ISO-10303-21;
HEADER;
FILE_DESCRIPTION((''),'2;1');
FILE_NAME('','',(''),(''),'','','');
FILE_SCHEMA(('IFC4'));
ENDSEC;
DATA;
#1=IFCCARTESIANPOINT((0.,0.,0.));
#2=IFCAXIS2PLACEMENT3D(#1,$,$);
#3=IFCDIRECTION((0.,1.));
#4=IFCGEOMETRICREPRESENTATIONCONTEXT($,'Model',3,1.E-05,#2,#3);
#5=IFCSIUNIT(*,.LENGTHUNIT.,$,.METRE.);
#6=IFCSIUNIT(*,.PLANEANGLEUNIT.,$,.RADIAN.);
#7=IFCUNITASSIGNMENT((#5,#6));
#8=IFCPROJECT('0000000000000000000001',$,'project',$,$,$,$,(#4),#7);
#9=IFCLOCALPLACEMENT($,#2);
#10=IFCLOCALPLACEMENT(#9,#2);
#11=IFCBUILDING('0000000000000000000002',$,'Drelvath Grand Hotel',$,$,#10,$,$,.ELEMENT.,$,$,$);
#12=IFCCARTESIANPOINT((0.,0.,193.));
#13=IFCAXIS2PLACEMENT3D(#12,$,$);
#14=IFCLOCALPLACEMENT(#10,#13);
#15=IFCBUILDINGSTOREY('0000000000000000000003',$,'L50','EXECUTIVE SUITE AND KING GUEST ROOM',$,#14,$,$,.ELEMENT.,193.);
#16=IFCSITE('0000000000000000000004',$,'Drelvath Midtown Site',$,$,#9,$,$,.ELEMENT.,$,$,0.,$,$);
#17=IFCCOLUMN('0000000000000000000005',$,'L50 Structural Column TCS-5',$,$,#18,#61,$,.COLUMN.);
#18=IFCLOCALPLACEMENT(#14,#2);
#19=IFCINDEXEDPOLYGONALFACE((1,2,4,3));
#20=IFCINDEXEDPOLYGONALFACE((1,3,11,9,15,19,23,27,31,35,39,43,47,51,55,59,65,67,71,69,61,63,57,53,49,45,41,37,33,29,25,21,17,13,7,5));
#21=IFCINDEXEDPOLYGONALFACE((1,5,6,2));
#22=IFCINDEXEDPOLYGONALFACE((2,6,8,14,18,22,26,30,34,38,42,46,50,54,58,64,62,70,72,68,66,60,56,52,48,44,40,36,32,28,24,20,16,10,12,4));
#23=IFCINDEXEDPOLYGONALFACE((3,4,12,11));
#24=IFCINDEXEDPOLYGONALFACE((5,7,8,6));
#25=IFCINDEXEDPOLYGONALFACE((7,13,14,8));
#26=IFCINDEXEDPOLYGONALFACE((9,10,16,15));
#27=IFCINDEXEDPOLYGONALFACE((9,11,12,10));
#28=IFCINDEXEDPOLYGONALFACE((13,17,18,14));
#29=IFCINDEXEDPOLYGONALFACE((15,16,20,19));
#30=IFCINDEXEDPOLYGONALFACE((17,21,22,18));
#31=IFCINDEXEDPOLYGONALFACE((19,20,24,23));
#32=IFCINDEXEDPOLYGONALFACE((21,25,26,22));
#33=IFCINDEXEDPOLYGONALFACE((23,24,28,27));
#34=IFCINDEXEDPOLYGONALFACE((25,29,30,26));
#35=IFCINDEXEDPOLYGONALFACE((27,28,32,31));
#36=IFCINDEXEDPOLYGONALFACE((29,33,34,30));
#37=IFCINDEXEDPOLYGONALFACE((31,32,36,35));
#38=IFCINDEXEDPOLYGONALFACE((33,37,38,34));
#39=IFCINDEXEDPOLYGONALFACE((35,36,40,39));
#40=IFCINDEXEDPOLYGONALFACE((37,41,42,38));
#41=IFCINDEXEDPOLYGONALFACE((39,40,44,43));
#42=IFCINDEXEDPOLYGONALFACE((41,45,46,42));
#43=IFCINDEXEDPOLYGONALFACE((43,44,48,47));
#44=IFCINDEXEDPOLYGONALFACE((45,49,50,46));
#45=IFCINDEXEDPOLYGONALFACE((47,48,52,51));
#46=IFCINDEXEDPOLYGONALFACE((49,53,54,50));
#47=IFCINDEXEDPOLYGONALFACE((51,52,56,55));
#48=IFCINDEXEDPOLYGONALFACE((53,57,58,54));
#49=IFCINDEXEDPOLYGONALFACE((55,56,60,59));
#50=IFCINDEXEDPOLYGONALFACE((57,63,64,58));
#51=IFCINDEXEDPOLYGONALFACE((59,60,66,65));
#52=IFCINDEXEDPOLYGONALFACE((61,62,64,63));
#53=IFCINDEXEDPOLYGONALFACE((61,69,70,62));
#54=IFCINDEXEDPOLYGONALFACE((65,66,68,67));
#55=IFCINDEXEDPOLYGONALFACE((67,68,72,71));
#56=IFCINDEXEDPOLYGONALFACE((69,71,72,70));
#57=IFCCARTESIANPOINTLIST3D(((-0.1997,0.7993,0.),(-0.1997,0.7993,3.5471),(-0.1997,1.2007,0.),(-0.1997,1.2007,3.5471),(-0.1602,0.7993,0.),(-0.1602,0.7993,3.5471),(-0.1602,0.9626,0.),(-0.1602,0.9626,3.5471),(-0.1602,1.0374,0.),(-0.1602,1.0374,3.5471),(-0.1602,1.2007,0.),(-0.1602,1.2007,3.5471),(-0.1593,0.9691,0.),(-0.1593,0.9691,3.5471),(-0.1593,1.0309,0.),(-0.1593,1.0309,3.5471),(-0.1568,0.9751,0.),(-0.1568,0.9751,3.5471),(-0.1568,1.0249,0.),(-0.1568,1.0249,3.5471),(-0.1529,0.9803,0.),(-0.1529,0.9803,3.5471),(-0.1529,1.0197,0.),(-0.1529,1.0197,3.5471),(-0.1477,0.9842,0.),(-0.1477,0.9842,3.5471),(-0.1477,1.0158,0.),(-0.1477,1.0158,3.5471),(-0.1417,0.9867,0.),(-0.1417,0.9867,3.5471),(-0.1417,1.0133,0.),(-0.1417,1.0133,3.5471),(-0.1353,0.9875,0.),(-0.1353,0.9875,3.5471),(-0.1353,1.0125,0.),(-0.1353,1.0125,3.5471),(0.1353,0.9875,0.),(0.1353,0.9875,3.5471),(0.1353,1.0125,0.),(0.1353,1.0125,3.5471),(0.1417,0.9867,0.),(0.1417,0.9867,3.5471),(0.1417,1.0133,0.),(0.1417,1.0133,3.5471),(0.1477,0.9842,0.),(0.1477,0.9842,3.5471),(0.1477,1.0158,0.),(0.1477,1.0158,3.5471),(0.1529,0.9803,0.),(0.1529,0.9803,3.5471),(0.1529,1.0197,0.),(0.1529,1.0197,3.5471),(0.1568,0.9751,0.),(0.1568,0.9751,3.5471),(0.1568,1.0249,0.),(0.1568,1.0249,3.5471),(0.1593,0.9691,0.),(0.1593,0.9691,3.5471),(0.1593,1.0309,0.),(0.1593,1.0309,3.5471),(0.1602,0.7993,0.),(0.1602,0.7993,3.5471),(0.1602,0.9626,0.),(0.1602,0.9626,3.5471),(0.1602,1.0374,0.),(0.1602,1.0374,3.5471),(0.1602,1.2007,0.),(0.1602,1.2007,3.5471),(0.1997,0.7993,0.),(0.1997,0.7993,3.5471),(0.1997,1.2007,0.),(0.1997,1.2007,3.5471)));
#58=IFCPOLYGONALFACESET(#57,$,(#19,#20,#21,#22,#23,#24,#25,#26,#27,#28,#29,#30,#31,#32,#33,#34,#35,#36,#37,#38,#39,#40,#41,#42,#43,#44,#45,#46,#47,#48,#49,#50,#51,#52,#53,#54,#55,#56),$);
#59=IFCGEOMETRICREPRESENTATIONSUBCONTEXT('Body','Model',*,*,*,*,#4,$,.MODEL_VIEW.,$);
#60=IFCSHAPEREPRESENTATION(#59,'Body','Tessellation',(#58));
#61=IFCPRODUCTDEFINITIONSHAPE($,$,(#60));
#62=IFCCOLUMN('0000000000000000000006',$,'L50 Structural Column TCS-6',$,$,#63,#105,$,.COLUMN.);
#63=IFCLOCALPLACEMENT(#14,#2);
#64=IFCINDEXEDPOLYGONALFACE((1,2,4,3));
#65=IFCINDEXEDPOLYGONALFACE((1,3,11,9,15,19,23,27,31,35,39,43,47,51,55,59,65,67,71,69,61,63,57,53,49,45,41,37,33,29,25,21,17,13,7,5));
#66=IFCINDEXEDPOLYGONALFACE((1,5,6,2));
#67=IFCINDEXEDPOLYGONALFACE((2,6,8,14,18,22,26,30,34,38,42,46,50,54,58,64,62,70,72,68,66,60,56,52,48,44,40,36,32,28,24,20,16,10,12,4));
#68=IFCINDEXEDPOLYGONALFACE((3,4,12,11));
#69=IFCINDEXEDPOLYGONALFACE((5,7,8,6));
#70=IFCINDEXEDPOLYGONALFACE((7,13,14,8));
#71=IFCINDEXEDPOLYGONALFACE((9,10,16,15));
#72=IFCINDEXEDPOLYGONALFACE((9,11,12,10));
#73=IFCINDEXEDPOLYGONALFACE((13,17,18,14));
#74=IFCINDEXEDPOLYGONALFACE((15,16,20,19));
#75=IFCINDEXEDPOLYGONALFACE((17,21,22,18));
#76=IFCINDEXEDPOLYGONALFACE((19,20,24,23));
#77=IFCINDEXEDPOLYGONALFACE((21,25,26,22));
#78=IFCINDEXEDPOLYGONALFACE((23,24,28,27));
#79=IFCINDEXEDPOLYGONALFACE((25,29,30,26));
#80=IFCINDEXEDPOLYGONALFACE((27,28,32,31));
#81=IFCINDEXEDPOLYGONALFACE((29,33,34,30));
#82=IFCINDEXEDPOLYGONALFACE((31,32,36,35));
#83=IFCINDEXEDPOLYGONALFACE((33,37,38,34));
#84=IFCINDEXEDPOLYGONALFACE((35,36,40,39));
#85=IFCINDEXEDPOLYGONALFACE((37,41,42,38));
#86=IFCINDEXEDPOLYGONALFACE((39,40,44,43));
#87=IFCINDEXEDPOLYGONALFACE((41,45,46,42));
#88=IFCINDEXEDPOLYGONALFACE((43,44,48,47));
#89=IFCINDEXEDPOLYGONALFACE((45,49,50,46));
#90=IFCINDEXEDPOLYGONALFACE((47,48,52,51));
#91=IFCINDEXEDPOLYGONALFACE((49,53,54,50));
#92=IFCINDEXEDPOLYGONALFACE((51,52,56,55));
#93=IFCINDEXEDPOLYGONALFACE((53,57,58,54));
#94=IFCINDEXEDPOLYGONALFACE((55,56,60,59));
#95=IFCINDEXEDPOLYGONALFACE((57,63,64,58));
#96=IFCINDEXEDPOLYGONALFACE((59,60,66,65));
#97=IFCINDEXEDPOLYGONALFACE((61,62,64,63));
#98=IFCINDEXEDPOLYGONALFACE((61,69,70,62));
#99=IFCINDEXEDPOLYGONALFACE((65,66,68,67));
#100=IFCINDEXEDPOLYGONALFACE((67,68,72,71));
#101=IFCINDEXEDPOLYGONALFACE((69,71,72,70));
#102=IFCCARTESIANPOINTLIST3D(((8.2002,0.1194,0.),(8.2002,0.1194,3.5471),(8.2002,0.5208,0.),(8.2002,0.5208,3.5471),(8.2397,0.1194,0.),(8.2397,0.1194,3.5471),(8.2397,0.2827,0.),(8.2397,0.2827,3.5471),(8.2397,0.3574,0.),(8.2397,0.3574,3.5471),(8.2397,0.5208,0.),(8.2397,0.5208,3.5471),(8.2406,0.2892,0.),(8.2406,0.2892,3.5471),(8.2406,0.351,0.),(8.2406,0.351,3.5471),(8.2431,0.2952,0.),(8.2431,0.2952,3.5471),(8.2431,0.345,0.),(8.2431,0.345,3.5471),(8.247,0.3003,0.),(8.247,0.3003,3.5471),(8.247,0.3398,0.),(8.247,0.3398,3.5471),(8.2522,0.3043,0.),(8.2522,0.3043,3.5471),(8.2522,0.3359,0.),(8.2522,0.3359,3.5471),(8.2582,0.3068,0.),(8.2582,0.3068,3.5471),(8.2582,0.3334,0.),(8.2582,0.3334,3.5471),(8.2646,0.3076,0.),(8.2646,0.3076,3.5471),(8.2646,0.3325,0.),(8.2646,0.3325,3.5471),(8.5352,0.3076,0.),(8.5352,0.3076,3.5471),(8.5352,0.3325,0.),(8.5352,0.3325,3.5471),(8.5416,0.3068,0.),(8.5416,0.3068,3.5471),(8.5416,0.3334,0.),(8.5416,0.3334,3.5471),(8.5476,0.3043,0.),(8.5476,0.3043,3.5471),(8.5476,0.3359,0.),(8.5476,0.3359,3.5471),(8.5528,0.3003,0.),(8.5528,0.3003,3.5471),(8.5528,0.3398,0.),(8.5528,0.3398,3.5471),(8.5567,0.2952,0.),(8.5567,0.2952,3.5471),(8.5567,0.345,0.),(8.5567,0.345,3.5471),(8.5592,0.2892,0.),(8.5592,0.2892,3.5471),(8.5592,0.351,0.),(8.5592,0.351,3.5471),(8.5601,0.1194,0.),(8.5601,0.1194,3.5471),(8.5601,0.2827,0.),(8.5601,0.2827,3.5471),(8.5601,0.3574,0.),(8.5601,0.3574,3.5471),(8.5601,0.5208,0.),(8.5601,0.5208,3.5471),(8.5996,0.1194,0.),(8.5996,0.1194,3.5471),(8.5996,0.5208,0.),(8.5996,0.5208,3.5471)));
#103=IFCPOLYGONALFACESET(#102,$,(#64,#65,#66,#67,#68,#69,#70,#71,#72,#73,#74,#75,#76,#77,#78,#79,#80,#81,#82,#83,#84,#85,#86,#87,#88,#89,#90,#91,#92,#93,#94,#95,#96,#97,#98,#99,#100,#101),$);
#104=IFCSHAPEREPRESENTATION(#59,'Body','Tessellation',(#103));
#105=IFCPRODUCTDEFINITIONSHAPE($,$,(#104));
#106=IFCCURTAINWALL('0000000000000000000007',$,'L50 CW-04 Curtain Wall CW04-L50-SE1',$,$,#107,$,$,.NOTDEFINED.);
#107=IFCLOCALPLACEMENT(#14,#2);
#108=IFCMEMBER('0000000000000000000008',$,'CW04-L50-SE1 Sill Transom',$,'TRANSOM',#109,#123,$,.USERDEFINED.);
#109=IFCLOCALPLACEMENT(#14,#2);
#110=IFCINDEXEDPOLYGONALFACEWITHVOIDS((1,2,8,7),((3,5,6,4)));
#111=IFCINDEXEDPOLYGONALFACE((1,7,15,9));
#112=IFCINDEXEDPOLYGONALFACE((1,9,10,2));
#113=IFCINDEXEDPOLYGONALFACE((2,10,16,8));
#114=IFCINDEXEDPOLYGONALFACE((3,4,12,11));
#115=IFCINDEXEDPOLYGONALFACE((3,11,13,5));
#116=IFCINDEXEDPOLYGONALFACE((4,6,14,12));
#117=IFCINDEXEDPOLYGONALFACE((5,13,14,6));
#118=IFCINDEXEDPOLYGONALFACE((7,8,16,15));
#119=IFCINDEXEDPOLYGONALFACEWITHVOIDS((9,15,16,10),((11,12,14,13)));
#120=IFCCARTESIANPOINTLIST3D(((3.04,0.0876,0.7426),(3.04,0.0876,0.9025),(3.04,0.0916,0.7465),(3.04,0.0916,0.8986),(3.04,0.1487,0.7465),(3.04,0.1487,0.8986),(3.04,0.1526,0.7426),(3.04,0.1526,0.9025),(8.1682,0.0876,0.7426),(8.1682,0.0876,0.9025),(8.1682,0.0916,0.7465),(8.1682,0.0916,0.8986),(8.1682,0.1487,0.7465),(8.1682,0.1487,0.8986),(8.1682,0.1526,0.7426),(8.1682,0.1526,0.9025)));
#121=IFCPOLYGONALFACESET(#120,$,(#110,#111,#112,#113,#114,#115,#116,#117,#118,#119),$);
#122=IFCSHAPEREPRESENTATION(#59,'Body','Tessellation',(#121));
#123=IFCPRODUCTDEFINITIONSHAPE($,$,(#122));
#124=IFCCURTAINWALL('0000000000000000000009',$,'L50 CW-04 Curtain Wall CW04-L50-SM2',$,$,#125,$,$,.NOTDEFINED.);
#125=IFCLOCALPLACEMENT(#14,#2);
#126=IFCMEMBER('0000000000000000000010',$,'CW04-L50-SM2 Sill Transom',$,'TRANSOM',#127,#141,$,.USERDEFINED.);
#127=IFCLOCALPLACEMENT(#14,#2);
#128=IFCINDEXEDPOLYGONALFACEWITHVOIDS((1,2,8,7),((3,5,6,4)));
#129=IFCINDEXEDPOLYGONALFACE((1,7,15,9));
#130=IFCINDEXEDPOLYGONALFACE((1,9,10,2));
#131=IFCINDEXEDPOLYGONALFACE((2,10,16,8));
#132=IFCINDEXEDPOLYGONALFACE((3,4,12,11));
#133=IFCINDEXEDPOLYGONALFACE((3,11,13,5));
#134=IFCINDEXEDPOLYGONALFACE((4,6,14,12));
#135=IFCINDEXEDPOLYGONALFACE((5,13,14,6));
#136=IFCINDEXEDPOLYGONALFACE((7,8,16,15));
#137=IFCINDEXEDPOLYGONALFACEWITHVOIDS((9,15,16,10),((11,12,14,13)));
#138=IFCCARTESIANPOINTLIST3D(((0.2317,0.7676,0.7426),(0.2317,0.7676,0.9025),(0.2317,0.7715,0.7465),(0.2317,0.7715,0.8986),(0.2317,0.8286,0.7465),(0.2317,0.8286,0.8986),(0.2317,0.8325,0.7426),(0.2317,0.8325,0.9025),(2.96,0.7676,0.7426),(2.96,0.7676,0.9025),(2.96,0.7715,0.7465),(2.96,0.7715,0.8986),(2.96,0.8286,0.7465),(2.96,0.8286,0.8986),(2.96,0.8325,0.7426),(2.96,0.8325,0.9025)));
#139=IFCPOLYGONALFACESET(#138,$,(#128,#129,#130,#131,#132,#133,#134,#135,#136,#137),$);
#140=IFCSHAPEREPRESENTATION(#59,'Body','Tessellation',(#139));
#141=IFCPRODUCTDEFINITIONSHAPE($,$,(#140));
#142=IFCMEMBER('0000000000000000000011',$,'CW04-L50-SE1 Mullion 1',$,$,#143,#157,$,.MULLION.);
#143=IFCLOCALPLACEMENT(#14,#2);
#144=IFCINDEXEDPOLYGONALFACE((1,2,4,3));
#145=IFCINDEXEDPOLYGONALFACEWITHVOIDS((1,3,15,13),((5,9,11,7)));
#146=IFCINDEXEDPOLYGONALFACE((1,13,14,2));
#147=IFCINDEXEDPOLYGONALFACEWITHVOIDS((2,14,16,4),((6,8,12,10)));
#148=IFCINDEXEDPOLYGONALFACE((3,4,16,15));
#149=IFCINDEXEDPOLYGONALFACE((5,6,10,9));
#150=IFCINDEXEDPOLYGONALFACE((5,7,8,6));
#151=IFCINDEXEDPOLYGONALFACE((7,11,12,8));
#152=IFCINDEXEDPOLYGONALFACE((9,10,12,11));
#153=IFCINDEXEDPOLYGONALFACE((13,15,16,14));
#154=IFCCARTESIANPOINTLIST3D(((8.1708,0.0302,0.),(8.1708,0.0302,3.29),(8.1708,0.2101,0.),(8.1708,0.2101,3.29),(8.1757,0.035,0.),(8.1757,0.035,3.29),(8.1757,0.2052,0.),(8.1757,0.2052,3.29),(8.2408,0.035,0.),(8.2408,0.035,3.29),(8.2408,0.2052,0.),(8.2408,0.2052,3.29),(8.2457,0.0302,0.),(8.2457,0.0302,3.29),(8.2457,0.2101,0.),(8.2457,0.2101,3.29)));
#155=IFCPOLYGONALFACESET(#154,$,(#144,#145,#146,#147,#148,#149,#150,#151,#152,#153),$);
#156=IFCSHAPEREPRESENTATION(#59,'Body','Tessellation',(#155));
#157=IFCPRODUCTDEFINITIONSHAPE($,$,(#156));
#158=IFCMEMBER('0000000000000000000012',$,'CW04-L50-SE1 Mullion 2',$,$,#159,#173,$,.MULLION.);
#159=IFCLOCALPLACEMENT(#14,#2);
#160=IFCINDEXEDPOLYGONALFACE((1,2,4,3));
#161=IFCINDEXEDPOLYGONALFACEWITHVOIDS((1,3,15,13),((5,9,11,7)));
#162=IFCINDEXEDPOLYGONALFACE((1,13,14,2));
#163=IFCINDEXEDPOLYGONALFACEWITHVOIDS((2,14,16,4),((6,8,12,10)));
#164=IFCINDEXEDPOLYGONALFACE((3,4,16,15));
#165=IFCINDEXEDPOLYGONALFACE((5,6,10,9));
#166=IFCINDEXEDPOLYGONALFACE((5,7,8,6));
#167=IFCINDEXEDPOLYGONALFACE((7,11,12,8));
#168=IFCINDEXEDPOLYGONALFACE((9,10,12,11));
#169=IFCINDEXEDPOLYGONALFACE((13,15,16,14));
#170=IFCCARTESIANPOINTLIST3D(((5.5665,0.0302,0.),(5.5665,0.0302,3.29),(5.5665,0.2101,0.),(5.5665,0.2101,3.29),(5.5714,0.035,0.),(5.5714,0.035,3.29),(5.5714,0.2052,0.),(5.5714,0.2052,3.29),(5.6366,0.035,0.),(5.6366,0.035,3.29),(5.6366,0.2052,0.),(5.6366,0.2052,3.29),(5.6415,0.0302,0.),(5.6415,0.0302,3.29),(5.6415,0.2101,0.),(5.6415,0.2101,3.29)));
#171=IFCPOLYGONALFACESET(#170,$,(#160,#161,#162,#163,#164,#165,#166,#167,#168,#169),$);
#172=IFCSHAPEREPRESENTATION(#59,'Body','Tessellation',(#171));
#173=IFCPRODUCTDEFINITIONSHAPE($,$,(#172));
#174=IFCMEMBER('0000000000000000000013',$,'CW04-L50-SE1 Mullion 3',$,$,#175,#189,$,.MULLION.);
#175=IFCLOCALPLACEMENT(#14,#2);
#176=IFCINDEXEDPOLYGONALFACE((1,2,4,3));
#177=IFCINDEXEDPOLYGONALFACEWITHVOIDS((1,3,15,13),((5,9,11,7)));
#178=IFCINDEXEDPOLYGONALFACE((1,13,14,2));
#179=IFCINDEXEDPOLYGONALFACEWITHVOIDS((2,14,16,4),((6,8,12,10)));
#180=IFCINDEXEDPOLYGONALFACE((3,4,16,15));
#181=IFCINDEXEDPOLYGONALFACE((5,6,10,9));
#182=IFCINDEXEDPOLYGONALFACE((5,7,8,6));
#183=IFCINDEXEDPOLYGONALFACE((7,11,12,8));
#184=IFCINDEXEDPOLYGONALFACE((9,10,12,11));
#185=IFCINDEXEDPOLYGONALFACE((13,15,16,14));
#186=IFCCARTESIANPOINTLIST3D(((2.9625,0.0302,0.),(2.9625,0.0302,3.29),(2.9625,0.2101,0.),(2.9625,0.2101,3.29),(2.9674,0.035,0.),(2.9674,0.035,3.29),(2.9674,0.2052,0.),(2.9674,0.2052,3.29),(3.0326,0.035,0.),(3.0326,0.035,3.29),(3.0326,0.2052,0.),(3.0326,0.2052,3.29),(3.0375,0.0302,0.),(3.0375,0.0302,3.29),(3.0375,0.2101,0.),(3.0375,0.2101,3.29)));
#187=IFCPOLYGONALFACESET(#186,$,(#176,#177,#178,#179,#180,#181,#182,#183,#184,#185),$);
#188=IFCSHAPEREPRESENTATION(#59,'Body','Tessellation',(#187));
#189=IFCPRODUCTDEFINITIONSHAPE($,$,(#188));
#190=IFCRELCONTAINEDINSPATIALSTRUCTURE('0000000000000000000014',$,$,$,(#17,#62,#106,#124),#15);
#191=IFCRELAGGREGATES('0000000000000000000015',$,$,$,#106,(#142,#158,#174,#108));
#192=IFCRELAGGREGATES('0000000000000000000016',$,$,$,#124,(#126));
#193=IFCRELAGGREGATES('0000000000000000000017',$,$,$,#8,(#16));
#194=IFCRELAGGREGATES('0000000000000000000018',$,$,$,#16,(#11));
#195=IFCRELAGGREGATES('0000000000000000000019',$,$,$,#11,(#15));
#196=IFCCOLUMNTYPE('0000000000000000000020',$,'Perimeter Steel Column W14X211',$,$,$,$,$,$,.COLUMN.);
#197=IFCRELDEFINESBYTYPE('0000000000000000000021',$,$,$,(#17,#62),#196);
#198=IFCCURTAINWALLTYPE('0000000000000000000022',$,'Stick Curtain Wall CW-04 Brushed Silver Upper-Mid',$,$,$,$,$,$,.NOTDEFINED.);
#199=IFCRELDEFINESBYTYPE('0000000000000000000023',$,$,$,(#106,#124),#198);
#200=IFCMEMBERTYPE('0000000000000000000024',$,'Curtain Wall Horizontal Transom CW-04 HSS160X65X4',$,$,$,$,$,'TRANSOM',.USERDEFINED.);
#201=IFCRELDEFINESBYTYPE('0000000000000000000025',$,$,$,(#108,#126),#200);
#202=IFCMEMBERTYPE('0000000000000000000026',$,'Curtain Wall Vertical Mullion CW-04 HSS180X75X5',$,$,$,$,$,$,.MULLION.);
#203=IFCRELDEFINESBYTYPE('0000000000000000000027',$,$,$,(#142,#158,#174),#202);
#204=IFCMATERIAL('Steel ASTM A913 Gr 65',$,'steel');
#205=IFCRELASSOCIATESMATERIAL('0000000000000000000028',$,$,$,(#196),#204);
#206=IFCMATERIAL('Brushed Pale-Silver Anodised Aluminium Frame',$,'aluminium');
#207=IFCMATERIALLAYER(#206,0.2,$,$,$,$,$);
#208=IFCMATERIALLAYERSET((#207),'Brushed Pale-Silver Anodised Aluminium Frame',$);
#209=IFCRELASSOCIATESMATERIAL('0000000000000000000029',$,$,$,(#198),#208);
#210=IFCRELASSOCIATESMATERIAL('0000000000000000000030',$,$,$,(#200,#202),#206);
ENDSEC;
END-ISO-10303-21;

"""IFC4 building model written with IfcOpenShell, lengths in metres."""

from ifc_helpers import new_model, si_unit, direction, frame, origin, origin_2d, place, context, subcontext, project, spatial, hollow_rectangle, i_section, extrude, material, layer, layer_set, material_profile, profile_set, type_object, element, aggregate, save


model = new_model("IFC4")

# Units and contexts
model_context = context("Model", 3, precision=1e-05, world=origin(), true_north=direction((0.0, 1.0)))
body_context = subcontext(model_context, "Body", "Model", "MODEL_VIEW")
ifc_project = project(units=[si_unit("LENGTHUNIT", "METRE"), si_unit("PLANEANGLEUNIT", "RADIAN")], contexts=[model_context])

# Site, building, storey
site_placement = place(None, origin())
site = spatial("IfcSite", under=ifc_project, at=site_placement, Name="Drelvath Midtown Site", CompositionType="ELEMENT", RefElevation=0.0)
building_placement = place(site_placement, origin())
building = spatial("IfcBuilding", under=site, at=building_placement, Name="Drelvath Grand Hotel", CompositionType="ELEMENT")
storey_placement = place(building_placement, frame((0.0, 0.0, 193.0)))
storey = spatial("IfcBuildingStorey", under=building, at=storey_placement, Name="L50", Description="EXECUTIVE SUITE AND KING GUEST ROOM", CompositionType="ELEMENT", Elevation=193.0)

# Columns
ifc_material_1 = material(Name="Steel ASTM A913 Gr 65", Category="steel")
ifc_material_profile_1 = material_profile(ifc_material_1, i_section(OverallWidth=0.4014, OverallDepth=0.3994, WebThickness=0.0249, FlangeThickness=0.0396, FilletRadius=0.0249, at=origin_2d()), Name="W14X211")
ifc_profile_set_1 = profile_set([ifc_material_profile_1], Name="Steel ASTM A913 Gr 65")
column_type = type_object("IfcColumnType", Name="Perimeter Steel Column W14X211", PredefinedType="COLUMN", material=ifc_profile_set_1)
for number, where, z_axis, x_axis, name in (
    (1, (0.0, 1.0, 0.0), (0.0, 0.0, 1.0), (0.0, 1.0, 0.0), "L50 Structural Column TCS-5"),
    (2, (8.3999, 0.3201, 0.0), (0.0, 0.0, 1.0), (0.0, 1.0, 0.0), "L50 Structural Column TCS-6"),
):
    element("IfcColumn", number, at=place(storey_placement, frame(where, z_axis=z_axis, x_axis=x_axis)), inside=storey, type_object=column_type, Name=name, PredefinedType="COLUMN", context=body_context, shape_type="SweptSolid", body=[
        extrude(i_section(OverallWidth=0.4014, OverallDepth=0.3994, WebThickness=0.0249, FlangeThickness=0.0396, FilletRadius=0.0249, at=origin_2d()), origin(), (0.0, 0.0, 1.0), 3.5471),
    ])

# Curtain walls, members
ifc_material_2 = material(Name="Brushed Pale-Silver Anodised Aluminium Frame", Category="aluminium")
ifc_layer_1 = layer(ifc_material_2, 0.2)
ifc_layer_set_1 = layer_set([ifc_layer_1], Name="Brushed Pale-Silver Anodised Aluminium Frame")
curtain_wall_type = type_object("IfcCurtainWallType", Name="Stick Curtain Wall CW-04 Brushed Silver Upper-Mid", PredefinedType="NOTDEFINED", material=ifc_layer_set_1)
curtain_wall_1_placement = place(storey_placement, origin())
curtain_wall_1 = element("IfcCurtainWall", 3, at=curtain_wall_1_placement, inside=storey, type_object=curtain_wall_type, Name="L50 CW-04 Curtain Wall CW04-L50-SE1", PredefinedType="NOTDEFINED")
ifc_material_profile_2 = material_profile(ifc_material_2, hollow_rectangle(XDim=0.0649, YDim=0.1599, WallThickness=0.0039, at=origin_2d()), Name="HSS160X65X4")
ifc_profile_set_2 = profile_set([ifc_material_profile_2], Name="Brushed Pale-Silver Anodised Aluminium Frame")
member_type_1 = type_object("IfcMemberType", Name="Curtain Wall Horizontal Transom CW-04 HSS160X65X4", ElementType="TRANSOM", PredefinedType="USERDEFINED", material=ifc_profile_set_2)
member_1_placement = place(storey_placement, frame((8.1682, 0.1201, 0.8225), z_axis=(-1.0, 0.0, 0.0), x_axis=(0.0, -1.0, 0.0)))
member_1 = element("IfcMember", 4, at=member_1_placement, type_object=member_type_1, Name="CW04-L50-SE1 Sill Transom", ObjectType="TRANSOM", PredefinedType="USERDEFINED", context=body_context, shape_type="SweptSolid", body=[
    extrude(hollow_rectangle(XDim=0.0649, YDim=0.1599, WallThickness=0.0039, at=origin_2d()), origin(), (0.0, 0.0, 1.0), 5.1282),
])
curtain_wall_2_placement = place(storey_placement, origin())
curtain_wall_2 = element("IfcCurtainWall", 5, at=curtain_wall_2_placement, inside=storey, type_object=curtain_wall_type, Name="L50 CW-04 Curtain Wall CW04-L50-SM2", PredefinedType="NOTDEFINED")
member_2_placement = place(storey_placement, frame((2.96, 0.8, 0.8225), z_axis=(-1.0, 0.0, 0.0), x_axis=(0.0, -1.0, 0.0)))
member_2 = element("IfcMember", 6, at=member_2_placement, type_object=member_type_1, Name="CW04-L50-SM2 Sill Transom", ObjectType="TRANSOM", PredefinedType="USERDEFINED", context=body_context, shape_type="SweptSolid", body=[
    extrude(hollow_rectangle(XDim=0.0649, YDim=0.1599, WallThickness=0.0039, at=origin_2d()), origin(), (0.0, 0.0, 1.0), 2.7283),
])

# Members
ifc_material_profile_3 = material_profile(ifc_material_2, hollow_rectangle(XDim=0.075, YDim=0.1799, WallThickness=0.0049, at=origin_2d()), Name="HSS180X75X5")
ifc_profile_set_3 = profile_set([ifc_material_profile_3], Name="Brushed Pale-Silver Anodised Aluminium Frame")
member_type_2 = type_object("IfcMemberType", Name="Curtain Wall Vertical Mullion CW-04 HSS180X75X5", PredefinedType="MULLION", material=ifc_profile_set_3)
member_3_placement = place(storey_placement, frame((8.2083, 0.1201, 0.0), z_axis=(0.0, 0.0, 1.0), x_axis=(1.0, 0.0, 0.0)))
member_3 = element("IfcMember", 7, at=member_3_placement, type_object=member_type_2, Name="CW04-L50-SE1 Mullion 1", PredefinedType="MULLION", context=body_context, shape_type="SweptSolid", body=[
    extrude(hollow_rectangle(XDim=0.075, YDim=0.1799, WallThickness=0.0049, at=origin_2d()), origin(), (0.0, 0.0, 1.0), 3.29),
])
member_4_placement = place(storey_placement, frame((5.604, 0.1201, 0.0), z_axis=(0.0, 0.0, 1.0), x_axis=(1.0, 0.0, 0.0)))
member_4 = element("IfcMember", 8, at=member_4_placement, type_object=member_type_2, Name="CW04-L50-SE1 Mullion 2", PredefinedType="MULLION", context=body_context, shape_type="SweptSolid", body=[
    extrude(hollow_rectangle(XDim=0.075, YDim=0.1799, WallThickness=0.0049, at=origin_2d()), origin(), (0.0, 0.0, 1.0), 3.29),
])
member_5_placement = place(storey_placement, frame((3.0, 0.1201, 0.0), z_axis=(0.0, 0.0, 1.0), x_axis=(1.0, 0.0, 0.0)))
member_5 = element("IfcMember", 9, at=member_5_placement, type_object=member_type_2, Name="CW04-L50-SE1 Mullion 3", PredefinedType="MULLION", context=body_context, shape_type="SweptSolid", body=[
    extrude(hollow_rectangle(XDim=0.075, YDim=0.1799, WallThickness=0.0049, at=origin_2d()), origin(), (0.0, 0.0, 1.0), 3.29),
])

aggregate(curtain_wall_1, [member_3, member_4, member_5, member_1])
aggregate(curtain_wall_2, [member_2])

save(model, "model.ifc")
